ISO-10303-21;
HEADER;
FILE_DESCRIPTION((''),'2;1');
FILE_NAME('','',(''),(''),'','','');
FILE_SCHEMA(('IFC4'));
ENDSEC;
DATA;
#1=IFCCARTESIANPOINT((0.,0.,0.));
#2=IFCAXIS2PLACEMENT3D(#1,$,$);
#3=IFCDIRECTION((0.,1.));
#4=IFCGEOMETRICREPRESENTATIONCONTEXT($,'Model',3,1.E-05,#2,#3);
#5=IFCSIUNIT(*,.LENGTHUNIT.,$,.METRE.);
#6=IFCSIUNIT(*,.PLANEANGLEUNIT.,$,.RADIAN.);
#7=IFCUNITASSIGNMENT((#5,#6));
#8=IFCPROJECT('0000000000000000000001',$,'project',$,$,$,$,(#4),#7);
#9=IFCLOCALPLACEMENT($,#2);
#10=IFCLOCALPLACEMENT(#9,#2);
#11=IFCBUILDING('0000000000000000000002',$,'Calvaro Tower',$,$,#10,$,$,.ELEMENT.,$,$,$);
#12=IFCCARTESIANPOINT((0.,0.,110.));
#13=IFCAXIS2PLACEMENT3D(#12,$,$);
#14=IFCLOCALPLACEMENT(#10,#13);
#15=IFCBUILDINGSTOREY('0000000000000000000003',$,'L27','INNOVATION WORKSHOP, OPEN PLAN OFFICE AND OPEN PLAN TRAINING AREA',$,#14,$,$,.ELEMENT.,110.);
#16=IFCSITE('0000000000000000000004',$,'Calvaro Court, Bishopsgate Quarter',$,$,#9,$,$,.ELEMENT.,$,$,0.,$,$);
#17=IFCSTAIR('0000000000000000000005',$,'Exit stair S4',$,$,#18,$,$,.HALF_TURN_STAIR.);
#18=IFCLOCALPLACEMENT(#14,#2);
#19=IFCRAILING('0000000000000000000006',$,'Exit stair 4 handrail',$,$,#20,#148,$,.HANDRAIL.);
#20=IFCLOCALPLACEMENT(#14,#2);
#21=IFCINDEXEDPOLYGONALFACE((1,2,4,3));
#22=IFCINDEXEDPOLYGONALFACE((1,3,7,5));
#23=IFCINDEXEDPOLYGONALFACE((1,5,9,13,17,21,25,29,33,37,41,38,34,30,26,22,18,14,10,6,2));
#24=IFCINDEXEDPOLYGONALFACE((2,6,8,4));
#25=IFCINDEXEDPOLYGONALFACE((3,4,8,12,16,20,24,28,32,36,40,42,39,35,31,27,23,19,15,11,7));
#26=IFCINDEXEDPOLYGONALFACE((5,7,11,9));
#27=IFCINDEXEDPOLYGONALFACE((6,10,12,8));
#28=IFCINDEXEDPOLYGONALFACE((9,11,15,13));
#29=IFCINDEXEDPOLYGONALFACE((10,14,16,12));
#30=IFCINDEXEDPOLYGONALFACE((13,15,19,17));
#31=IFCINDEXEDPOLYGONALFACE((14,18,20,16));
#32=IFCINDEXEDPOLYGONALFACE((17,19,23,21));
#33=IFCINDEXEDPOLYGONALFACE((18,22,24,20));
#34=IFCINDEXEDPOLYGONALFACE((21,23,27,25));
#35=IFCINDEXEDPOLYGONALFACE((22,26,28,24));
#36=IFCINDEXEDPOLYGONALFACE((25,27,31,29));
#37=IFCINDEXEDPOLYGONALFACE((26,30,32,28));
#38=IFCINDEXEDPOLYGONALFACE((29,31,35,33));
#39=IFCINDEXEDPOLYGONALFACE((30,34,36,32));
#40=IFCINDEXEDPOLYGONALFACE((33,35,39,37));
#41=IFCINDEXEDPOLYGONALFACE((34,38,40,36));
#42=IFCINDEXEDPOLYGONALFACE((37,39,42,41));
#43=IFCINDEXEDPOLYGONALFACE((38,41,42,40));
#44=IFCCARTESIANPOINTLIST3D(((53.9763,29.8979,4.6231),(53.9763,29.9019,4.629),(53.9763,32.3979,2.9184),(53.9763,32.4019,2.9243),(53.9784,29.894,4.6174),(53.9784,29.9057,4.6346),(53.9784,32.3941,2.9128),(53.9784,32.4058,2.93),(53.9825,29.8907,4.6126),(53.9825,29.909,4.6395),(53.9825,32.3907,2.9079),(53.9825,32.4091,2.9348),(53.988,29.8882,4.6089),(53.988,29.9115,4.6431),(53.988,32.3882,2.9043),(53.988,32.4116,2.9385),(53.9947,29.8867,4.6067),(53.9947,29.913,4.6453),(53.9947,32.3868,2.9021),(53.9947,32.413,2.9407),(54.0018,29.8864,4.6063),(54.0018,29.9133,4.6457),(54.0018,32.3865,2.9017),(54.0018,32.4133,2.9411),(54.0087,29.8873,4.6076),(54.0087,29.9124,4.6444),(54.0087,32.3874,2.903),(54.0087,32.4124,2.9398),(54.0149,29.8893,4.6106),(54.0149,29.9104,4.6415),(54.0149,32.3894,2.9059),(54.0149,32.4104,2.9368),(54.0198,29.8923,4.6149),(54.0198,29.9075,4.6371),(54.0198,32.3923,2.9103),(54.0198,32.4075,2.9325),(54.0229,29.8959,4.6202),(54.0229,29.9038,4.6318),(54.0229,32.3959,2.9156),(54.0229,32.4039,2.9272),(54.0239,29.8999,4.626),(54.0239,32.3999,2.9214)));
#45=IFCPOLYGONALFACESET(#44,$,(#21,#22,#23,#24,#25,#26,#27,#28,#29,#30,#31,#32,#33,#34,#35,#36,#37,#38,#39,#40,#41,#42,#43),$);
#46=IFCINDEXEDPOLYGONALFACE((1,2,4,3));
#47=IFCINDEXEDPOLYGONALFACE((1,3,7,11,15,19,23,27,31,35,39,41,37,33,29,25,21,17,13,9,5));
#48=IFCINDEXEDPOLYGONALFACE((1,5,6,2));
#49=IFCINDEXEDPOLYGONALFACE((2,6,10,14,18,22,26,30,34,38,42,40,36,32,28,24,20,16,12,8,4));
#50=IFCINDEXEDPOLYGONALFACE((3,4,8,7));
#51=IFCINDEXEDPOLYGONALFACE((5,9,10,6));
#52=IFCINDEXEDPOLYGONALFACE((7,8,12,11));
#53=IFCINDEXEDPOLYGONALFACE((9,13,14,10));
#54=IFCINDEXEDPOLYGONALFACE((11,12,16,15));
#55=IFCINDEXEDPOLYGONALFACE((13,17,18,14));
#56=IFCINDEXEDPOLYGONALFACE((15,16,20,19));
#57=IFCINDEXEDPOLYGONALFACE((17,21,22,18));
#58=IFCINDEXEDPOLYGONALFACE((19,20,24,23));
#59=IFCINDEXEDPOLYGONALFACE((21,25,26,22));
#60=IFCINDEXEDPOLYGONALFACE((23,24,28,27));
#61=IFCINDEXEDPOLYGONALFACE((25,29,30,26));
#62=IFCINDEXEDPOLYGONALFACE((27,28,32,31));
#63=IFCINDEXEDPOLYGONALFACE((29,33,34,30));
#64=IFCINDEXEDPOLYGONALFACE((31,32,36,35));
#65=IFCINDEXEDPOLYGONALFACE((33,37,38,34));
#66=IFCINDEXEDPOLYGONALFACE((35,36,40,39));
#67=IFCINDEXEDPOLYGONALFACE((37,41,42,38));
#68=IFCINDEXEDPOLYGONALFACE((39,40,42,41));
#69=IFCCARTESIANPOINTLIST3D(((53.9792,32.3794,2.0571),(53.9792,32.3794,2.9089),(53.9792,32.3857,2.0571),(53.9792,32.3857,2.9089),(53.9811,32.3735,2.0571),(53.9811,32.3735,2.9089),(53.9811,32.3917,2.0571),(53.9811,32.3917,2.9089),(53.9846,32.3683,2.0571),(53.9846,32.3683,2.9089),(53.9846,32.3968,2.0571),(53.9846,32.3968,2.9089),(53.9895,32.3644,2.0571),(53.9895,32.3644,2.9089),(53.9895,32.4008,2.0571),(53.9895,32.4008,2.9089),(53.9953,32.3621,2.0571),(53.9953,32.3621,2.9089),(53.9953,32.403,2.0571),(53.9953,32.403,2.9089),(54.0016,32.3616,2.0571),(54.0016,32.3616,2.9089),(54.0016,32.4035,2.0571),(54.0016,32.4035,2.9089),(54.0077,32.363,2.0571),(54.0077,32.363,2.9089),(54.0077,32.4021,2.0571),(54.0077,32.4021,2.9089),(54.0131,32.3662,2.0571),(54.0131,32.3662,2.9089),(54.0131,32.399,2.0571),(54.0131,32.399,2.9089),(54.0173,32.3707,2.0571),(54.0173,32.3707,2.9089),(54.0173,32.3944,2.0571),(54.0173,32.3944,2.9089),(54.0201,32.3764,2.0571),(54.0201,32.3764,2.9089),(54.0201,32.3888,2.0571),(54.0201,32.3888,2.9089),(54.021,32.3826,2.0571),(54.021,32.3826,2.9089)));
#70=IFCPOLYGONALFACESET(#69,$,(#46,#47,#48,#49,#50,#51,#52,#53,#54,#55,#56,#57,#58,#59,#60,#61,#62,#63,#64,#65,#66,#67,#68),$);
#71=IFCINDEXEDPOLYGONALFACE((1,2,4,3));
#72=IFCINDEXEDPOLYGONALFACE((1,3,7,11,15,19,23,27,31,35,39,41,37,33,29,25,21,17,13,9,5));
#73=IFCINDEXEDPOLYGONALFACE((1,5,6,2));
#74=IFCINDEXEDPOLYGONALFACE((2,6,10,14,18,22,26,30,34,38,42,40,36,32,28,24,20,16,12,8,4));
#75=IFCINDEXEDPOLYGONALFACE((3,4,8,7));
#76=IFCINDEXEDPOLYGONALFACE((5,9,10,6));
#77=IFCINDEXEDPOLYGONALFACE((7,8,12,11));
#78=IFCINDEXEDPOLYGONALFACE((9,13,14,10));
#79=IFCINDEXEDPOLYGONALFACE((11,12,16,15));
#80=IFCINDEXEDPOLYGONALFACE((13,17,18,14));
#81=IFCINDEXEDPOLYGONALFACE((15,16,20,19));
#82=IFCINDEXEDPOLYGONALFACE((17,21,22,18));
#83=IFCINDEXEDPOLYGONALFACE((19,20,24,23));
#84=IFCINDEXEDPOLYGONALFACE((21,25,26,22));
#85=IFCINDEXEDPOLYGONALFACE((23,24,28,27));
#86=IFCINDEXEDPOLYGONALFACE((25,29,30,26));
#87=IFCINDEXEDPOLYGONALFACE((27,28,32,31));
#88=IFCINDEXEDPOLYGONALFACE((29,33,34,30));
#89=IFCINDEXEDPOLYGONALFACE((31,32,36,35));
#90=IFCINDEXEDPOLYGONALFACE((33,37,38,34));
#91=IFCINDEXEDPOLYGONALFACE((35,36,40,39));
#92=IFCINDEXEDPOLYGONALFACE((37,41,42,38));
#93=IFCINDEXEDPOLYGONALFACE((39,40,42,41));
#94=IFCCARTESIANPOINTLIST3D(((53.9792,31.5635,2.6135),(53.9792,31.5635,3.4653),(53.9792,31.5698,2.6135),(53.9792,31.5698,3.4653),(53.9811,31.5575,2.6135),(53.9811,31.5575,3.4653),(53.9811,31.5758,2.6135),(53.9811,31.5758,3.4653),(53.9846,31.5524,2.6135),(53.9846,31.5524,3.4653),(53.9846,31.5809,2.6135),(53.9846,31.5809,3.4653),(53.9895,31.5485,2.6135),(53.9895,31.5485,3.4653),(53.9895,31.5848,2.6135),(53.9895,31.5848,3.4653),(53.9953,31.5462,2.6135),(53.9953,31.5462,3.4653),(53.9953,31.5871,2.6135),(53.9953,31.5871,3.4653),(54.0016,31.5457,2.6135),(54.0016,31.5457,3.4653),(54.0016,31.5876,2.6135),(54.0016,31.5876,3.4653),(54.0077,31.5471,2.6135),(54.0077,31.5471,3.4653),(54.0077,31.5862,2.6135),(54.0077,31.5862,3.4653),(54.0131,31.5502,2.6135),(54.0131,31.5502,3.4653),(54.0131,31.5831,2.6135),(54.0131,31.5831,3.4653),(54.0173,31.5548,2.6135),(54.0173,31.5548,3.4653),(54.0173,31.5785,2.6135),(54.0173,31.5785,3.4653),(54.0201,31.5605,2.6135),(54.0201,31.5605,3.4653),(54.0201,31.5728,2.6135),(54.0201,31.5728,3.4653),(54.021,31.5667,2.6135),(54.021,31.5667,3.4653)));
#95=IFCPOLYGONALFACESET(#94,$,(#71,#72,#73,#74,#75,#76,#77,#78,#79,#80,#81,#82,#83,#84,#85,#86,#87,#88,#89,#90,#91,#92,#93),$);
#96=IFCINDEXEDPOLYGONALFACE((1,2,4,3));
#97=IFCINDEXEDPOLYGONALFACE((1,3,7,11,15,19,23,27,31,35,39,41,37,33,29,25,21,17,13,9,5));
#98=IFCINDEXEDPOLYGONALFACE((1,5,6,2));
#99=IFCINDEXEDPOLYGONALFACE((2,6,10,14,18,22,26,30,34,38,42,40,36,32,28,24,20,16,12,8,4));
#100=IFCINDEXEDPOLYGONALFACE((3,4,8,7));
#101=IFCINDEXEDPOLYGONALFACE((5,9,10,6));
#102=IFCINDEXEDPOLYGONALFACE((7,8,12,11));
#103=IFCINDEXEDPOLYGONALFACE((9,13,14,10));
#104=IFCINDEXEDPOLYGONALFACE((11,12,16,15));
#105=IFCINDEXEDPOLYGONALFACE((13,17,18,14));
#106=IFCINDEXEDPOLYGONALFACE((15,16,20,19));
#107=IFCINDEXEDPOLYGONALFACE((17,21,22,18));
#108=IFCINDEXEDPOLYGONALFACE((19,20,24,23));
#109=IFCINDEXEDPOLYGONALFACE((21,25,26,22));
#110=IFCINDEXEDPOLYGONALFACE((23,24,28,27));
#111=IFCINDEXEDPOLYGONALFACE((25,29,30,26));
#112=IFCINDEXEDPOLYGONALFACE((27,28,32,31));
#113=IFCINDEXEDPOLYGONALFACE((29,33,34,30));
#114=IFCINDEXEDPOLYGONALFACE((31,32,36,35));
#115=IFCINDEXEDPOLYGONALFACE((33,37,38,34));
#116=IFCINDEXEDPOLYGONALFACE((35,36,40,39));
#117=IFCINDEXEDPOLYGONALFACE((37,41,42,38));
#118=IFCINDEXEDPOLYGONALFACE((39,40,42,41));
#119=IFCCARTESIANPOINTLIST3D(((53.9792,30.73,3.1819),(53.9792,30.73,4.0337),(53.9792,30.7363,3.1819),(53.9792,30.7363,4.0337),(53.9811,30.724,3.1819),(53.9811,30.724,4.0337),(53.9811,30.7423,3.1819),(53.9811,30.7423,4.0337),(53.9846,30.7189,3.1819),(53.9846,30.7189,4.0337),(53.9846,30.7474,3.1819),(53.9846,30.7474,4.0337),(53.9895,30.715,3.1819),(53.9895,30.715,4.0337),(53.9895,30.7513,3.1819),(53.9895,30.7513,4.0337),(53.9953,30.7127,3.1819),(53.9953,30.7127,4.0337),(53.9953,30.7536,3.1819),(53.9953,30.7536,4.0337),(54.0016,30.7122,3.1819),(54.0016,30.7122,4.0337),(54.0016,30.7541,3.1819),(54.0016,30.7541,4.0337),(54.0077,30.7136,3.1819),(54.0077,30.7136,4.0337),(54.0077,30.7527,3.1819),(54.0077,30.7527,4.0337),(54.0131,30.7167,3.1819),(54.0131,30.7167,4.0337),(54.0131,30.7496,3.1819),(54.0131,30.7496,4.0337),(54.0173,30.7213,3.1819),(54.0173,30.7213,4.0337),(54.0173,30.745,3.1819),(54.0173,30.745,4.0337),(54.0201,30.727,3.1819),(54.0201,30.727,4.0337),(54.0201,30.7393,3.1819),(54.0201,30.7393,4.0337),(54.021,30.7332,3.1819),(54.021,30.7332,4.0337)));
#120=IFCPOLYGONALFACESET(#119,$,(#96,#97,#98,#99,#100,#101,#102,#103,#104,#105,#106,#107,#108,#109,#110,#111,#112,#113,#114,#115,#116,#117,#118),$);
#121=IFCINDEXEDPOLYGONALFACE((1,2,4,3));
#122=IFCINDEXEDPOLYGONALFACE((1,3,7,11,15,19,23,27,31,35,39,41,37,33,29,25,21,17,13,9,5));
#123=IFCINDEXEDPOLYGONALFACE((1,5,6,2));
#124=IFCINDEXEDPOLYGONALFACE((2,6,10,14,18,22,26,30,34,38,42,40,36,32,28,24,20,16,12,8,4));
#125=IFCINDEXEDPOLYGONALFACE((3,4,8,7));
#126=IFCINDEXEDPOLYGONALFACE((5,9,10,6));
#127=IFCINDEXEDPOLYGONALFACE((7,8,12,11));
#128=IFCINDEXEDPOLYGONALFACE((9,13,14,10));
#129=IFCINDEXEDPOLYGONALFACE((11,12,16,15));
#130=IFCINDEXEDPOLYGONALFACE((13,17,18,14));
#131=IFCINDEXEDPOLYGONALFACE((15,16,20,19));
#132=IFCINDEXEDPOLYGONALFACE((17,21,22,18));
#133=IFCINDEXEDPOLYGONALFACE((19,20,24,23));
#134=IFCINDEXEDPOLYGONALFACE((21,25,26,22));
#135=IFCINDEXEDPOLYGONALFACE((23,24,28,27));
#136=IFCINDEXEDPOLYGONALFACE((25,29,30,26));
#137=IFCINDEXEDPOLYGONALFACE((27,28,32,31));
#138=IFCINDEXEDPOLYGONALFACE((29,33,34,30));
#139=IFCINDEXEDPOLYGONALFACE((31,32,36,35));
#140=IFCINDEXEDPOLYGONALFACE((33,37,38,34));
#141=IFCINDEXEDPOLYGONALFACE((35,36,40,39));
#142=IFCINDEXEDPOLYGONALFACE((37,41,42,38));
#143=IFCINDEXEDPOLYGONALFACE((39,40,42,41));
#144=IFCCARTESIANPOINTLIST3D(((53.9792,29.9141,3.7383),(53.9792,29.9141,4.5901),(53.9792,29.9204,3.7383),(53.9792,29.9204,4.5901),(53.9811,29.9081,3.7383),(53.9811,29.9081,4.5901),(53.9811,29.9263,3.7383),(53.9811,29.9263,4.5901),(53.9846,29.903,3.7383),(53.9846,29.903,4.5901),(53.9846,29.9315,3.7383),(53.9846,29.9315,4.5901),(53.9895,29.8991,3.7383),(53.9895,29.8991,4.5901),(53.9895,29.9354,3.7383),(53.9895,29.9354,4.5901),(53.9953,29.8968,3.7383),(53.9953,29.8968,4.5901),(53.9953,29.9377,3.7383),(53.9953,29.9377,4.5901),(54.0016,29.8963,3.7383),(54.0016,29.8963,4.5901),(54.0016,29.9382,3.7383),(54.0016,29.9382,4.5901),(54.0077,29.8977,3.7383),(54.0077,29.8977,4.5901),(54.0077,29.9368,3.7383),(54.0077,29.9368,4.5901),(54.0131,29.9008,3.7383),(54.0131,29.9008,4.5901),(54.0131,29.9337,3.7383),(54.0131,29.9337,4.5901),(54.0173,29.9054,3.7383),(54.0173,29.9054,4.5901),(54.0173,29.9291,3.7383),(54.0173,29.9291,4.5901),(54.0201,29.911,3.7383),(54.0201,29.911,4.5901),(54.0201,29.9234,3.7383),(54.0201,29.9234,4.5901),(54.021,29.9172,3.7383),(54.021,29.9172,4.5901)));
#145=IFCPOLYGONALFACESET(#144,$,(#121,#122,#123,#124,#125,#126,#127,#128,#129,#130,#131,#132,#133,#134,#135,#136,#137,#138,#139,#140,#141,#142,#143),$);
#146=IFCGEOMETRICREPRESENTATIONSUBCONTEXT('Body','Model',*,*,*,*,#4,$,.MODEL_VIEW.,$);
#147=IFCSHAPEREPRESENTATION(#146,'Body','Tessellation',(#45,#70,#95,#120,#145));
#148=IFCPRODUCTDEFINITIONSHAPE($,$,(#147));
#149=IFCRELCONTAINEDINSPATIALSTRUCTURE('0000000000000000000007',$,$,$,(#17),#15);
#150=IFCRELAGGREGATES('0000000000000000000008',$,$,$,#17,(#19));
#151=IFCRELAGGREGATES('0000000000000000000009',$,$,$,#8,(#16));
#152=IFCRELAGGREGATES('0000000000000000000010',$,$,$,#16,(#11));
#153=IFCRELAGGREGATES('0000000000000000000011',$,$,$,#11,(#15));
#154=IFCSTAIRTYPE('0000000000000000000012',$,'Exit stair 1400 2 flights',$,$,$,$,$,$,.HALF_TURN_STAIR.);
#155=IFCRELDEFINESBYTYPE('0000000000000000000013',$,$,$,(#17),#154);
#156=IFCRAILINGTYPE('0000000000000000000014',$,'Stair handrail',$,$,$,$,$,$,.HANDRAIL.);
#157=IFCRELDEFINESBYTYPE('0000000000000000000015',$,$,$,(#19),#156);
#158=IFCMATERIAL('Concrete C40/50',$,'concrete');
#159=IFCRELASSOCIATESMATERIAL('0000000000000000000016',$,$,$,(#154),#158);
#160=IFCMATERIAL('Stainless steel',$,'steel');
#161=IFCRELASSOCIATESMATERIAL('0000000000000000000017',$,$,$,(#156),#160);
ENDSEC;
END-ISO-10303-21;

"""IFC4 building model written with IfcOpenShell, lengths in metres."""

from ifc_helpers import new_model, si_unit, direction, frame, origin, origin_2d, place, context, subcontext, project, spatial, circle, extrude, material, type_object, element, aggregate, save


model = new_model("IFC4")

# Units and contexts
model_context = context("Model", 3, precision=1e-05, world=origin(), true_north=direction((0.0, 1.0)))
body_context = subcontext(model_context, "Body", "Model", "MODEL_VIEW")
ifc_project = project(units=[si_unit("LENGTHUNIT", "METRE"), si_unit("PLANEANGLEUNIT", "RADIAN")], contexts=[model_context])

# Site, building, storey
site_placement = place(None, origin())
site = spatial("IfcSite", under=ifc_project, at=site_placement, Name="Calvaro Court, Bishopsgate Quarter", CompositionType="ELEMENT", RefElevation=0.0)
building_placement = place(site_placement, origin())
building = spatial("IfcBuilding", under=site, at=building_placement, Name="Calvaro Tower", CompositionType="ELEMENT")
storey_placement = place(building_placement, frame((0.0, 0.0, 110.0)))
storey = spatial("IfcBuildingStorey", under=building, at=storey_placement, Name="L27", Description="INNOVATION WORKSHOP, OPEN PLAN OFFICE AND OPEN PLAN TRAINING AREA", CompositionType="ELEMENT", Elevation=110.0)

# Stair
ifc_material_1 = material(Name="Concrete C40/50", Category="concrete")
stair_type = type_object("IfcStairType", Name="Exit stair 1400 2 flights", PredefinedType="HALF_TURN_STAIR", material=ifc_material_1)
stair_1_placement = place(storey_placement, origin())
stair_1 = element("IfcStair", 1, at=stair_1_placement, inside=storey, type_object=stair_type, Name="Exit stair S4", PredefinedType="HALF_TURN_STAIR")

# Railing
ifc_material_2 = material(Name="Stainless steel", Category="steel")
railing_type = type_object("IfcRailingType", Name="Stair handrail", PredefinedType="HANDRAIL", material=ifc_material_2)
railing_1_placement = place(storey_placement, frame((54.0, 32.3999, 2.0454)))
railing_1 = element("IfcRailing", 2, at=railing_1_placement, type_object=railing_type, Name="Exit stair 4 handrail", PredefinedType="HANDRAIL", context=body_context, shape_type="SweptSolid", body=[
    extrude(circle(Radius=0.0239, at=origin_2d()), frame((0.0, 0.0, 0.876), z_axis=(0.0, -0.826221, 0.563347), x_axis=(1.0, 0.0, 0.0)), (0.0, 0.0, 1.0), 3.0259),
    extrude(circle(Radius=0.021, at=origin_2d()), frame((0.0, -0.0173, 0.0117)), (0.0, 0.0, 1.0), 0.8518),
    extrude(circle(Radius=0.021, at=origin_2d()), frame((0.0, -0.8333, 0.5681)), (0.0, 0.0, 1.0), 0.8518),
    extrude(circle(Radius=0.021, at=origin_2d()), frame((0.0, -1.6667, 1.1365)), (0.0, 0.0, 1.0), 0.8518),
    extrude(circle(Radius=0.021, at=origin_2d()), frame((0.0, -2.4827, 1.6929)), (0.0, 0.0, 1.0), 0.8518),
])
aggregate(stair_1, [railing_1])

save(model, "model.ifc")
